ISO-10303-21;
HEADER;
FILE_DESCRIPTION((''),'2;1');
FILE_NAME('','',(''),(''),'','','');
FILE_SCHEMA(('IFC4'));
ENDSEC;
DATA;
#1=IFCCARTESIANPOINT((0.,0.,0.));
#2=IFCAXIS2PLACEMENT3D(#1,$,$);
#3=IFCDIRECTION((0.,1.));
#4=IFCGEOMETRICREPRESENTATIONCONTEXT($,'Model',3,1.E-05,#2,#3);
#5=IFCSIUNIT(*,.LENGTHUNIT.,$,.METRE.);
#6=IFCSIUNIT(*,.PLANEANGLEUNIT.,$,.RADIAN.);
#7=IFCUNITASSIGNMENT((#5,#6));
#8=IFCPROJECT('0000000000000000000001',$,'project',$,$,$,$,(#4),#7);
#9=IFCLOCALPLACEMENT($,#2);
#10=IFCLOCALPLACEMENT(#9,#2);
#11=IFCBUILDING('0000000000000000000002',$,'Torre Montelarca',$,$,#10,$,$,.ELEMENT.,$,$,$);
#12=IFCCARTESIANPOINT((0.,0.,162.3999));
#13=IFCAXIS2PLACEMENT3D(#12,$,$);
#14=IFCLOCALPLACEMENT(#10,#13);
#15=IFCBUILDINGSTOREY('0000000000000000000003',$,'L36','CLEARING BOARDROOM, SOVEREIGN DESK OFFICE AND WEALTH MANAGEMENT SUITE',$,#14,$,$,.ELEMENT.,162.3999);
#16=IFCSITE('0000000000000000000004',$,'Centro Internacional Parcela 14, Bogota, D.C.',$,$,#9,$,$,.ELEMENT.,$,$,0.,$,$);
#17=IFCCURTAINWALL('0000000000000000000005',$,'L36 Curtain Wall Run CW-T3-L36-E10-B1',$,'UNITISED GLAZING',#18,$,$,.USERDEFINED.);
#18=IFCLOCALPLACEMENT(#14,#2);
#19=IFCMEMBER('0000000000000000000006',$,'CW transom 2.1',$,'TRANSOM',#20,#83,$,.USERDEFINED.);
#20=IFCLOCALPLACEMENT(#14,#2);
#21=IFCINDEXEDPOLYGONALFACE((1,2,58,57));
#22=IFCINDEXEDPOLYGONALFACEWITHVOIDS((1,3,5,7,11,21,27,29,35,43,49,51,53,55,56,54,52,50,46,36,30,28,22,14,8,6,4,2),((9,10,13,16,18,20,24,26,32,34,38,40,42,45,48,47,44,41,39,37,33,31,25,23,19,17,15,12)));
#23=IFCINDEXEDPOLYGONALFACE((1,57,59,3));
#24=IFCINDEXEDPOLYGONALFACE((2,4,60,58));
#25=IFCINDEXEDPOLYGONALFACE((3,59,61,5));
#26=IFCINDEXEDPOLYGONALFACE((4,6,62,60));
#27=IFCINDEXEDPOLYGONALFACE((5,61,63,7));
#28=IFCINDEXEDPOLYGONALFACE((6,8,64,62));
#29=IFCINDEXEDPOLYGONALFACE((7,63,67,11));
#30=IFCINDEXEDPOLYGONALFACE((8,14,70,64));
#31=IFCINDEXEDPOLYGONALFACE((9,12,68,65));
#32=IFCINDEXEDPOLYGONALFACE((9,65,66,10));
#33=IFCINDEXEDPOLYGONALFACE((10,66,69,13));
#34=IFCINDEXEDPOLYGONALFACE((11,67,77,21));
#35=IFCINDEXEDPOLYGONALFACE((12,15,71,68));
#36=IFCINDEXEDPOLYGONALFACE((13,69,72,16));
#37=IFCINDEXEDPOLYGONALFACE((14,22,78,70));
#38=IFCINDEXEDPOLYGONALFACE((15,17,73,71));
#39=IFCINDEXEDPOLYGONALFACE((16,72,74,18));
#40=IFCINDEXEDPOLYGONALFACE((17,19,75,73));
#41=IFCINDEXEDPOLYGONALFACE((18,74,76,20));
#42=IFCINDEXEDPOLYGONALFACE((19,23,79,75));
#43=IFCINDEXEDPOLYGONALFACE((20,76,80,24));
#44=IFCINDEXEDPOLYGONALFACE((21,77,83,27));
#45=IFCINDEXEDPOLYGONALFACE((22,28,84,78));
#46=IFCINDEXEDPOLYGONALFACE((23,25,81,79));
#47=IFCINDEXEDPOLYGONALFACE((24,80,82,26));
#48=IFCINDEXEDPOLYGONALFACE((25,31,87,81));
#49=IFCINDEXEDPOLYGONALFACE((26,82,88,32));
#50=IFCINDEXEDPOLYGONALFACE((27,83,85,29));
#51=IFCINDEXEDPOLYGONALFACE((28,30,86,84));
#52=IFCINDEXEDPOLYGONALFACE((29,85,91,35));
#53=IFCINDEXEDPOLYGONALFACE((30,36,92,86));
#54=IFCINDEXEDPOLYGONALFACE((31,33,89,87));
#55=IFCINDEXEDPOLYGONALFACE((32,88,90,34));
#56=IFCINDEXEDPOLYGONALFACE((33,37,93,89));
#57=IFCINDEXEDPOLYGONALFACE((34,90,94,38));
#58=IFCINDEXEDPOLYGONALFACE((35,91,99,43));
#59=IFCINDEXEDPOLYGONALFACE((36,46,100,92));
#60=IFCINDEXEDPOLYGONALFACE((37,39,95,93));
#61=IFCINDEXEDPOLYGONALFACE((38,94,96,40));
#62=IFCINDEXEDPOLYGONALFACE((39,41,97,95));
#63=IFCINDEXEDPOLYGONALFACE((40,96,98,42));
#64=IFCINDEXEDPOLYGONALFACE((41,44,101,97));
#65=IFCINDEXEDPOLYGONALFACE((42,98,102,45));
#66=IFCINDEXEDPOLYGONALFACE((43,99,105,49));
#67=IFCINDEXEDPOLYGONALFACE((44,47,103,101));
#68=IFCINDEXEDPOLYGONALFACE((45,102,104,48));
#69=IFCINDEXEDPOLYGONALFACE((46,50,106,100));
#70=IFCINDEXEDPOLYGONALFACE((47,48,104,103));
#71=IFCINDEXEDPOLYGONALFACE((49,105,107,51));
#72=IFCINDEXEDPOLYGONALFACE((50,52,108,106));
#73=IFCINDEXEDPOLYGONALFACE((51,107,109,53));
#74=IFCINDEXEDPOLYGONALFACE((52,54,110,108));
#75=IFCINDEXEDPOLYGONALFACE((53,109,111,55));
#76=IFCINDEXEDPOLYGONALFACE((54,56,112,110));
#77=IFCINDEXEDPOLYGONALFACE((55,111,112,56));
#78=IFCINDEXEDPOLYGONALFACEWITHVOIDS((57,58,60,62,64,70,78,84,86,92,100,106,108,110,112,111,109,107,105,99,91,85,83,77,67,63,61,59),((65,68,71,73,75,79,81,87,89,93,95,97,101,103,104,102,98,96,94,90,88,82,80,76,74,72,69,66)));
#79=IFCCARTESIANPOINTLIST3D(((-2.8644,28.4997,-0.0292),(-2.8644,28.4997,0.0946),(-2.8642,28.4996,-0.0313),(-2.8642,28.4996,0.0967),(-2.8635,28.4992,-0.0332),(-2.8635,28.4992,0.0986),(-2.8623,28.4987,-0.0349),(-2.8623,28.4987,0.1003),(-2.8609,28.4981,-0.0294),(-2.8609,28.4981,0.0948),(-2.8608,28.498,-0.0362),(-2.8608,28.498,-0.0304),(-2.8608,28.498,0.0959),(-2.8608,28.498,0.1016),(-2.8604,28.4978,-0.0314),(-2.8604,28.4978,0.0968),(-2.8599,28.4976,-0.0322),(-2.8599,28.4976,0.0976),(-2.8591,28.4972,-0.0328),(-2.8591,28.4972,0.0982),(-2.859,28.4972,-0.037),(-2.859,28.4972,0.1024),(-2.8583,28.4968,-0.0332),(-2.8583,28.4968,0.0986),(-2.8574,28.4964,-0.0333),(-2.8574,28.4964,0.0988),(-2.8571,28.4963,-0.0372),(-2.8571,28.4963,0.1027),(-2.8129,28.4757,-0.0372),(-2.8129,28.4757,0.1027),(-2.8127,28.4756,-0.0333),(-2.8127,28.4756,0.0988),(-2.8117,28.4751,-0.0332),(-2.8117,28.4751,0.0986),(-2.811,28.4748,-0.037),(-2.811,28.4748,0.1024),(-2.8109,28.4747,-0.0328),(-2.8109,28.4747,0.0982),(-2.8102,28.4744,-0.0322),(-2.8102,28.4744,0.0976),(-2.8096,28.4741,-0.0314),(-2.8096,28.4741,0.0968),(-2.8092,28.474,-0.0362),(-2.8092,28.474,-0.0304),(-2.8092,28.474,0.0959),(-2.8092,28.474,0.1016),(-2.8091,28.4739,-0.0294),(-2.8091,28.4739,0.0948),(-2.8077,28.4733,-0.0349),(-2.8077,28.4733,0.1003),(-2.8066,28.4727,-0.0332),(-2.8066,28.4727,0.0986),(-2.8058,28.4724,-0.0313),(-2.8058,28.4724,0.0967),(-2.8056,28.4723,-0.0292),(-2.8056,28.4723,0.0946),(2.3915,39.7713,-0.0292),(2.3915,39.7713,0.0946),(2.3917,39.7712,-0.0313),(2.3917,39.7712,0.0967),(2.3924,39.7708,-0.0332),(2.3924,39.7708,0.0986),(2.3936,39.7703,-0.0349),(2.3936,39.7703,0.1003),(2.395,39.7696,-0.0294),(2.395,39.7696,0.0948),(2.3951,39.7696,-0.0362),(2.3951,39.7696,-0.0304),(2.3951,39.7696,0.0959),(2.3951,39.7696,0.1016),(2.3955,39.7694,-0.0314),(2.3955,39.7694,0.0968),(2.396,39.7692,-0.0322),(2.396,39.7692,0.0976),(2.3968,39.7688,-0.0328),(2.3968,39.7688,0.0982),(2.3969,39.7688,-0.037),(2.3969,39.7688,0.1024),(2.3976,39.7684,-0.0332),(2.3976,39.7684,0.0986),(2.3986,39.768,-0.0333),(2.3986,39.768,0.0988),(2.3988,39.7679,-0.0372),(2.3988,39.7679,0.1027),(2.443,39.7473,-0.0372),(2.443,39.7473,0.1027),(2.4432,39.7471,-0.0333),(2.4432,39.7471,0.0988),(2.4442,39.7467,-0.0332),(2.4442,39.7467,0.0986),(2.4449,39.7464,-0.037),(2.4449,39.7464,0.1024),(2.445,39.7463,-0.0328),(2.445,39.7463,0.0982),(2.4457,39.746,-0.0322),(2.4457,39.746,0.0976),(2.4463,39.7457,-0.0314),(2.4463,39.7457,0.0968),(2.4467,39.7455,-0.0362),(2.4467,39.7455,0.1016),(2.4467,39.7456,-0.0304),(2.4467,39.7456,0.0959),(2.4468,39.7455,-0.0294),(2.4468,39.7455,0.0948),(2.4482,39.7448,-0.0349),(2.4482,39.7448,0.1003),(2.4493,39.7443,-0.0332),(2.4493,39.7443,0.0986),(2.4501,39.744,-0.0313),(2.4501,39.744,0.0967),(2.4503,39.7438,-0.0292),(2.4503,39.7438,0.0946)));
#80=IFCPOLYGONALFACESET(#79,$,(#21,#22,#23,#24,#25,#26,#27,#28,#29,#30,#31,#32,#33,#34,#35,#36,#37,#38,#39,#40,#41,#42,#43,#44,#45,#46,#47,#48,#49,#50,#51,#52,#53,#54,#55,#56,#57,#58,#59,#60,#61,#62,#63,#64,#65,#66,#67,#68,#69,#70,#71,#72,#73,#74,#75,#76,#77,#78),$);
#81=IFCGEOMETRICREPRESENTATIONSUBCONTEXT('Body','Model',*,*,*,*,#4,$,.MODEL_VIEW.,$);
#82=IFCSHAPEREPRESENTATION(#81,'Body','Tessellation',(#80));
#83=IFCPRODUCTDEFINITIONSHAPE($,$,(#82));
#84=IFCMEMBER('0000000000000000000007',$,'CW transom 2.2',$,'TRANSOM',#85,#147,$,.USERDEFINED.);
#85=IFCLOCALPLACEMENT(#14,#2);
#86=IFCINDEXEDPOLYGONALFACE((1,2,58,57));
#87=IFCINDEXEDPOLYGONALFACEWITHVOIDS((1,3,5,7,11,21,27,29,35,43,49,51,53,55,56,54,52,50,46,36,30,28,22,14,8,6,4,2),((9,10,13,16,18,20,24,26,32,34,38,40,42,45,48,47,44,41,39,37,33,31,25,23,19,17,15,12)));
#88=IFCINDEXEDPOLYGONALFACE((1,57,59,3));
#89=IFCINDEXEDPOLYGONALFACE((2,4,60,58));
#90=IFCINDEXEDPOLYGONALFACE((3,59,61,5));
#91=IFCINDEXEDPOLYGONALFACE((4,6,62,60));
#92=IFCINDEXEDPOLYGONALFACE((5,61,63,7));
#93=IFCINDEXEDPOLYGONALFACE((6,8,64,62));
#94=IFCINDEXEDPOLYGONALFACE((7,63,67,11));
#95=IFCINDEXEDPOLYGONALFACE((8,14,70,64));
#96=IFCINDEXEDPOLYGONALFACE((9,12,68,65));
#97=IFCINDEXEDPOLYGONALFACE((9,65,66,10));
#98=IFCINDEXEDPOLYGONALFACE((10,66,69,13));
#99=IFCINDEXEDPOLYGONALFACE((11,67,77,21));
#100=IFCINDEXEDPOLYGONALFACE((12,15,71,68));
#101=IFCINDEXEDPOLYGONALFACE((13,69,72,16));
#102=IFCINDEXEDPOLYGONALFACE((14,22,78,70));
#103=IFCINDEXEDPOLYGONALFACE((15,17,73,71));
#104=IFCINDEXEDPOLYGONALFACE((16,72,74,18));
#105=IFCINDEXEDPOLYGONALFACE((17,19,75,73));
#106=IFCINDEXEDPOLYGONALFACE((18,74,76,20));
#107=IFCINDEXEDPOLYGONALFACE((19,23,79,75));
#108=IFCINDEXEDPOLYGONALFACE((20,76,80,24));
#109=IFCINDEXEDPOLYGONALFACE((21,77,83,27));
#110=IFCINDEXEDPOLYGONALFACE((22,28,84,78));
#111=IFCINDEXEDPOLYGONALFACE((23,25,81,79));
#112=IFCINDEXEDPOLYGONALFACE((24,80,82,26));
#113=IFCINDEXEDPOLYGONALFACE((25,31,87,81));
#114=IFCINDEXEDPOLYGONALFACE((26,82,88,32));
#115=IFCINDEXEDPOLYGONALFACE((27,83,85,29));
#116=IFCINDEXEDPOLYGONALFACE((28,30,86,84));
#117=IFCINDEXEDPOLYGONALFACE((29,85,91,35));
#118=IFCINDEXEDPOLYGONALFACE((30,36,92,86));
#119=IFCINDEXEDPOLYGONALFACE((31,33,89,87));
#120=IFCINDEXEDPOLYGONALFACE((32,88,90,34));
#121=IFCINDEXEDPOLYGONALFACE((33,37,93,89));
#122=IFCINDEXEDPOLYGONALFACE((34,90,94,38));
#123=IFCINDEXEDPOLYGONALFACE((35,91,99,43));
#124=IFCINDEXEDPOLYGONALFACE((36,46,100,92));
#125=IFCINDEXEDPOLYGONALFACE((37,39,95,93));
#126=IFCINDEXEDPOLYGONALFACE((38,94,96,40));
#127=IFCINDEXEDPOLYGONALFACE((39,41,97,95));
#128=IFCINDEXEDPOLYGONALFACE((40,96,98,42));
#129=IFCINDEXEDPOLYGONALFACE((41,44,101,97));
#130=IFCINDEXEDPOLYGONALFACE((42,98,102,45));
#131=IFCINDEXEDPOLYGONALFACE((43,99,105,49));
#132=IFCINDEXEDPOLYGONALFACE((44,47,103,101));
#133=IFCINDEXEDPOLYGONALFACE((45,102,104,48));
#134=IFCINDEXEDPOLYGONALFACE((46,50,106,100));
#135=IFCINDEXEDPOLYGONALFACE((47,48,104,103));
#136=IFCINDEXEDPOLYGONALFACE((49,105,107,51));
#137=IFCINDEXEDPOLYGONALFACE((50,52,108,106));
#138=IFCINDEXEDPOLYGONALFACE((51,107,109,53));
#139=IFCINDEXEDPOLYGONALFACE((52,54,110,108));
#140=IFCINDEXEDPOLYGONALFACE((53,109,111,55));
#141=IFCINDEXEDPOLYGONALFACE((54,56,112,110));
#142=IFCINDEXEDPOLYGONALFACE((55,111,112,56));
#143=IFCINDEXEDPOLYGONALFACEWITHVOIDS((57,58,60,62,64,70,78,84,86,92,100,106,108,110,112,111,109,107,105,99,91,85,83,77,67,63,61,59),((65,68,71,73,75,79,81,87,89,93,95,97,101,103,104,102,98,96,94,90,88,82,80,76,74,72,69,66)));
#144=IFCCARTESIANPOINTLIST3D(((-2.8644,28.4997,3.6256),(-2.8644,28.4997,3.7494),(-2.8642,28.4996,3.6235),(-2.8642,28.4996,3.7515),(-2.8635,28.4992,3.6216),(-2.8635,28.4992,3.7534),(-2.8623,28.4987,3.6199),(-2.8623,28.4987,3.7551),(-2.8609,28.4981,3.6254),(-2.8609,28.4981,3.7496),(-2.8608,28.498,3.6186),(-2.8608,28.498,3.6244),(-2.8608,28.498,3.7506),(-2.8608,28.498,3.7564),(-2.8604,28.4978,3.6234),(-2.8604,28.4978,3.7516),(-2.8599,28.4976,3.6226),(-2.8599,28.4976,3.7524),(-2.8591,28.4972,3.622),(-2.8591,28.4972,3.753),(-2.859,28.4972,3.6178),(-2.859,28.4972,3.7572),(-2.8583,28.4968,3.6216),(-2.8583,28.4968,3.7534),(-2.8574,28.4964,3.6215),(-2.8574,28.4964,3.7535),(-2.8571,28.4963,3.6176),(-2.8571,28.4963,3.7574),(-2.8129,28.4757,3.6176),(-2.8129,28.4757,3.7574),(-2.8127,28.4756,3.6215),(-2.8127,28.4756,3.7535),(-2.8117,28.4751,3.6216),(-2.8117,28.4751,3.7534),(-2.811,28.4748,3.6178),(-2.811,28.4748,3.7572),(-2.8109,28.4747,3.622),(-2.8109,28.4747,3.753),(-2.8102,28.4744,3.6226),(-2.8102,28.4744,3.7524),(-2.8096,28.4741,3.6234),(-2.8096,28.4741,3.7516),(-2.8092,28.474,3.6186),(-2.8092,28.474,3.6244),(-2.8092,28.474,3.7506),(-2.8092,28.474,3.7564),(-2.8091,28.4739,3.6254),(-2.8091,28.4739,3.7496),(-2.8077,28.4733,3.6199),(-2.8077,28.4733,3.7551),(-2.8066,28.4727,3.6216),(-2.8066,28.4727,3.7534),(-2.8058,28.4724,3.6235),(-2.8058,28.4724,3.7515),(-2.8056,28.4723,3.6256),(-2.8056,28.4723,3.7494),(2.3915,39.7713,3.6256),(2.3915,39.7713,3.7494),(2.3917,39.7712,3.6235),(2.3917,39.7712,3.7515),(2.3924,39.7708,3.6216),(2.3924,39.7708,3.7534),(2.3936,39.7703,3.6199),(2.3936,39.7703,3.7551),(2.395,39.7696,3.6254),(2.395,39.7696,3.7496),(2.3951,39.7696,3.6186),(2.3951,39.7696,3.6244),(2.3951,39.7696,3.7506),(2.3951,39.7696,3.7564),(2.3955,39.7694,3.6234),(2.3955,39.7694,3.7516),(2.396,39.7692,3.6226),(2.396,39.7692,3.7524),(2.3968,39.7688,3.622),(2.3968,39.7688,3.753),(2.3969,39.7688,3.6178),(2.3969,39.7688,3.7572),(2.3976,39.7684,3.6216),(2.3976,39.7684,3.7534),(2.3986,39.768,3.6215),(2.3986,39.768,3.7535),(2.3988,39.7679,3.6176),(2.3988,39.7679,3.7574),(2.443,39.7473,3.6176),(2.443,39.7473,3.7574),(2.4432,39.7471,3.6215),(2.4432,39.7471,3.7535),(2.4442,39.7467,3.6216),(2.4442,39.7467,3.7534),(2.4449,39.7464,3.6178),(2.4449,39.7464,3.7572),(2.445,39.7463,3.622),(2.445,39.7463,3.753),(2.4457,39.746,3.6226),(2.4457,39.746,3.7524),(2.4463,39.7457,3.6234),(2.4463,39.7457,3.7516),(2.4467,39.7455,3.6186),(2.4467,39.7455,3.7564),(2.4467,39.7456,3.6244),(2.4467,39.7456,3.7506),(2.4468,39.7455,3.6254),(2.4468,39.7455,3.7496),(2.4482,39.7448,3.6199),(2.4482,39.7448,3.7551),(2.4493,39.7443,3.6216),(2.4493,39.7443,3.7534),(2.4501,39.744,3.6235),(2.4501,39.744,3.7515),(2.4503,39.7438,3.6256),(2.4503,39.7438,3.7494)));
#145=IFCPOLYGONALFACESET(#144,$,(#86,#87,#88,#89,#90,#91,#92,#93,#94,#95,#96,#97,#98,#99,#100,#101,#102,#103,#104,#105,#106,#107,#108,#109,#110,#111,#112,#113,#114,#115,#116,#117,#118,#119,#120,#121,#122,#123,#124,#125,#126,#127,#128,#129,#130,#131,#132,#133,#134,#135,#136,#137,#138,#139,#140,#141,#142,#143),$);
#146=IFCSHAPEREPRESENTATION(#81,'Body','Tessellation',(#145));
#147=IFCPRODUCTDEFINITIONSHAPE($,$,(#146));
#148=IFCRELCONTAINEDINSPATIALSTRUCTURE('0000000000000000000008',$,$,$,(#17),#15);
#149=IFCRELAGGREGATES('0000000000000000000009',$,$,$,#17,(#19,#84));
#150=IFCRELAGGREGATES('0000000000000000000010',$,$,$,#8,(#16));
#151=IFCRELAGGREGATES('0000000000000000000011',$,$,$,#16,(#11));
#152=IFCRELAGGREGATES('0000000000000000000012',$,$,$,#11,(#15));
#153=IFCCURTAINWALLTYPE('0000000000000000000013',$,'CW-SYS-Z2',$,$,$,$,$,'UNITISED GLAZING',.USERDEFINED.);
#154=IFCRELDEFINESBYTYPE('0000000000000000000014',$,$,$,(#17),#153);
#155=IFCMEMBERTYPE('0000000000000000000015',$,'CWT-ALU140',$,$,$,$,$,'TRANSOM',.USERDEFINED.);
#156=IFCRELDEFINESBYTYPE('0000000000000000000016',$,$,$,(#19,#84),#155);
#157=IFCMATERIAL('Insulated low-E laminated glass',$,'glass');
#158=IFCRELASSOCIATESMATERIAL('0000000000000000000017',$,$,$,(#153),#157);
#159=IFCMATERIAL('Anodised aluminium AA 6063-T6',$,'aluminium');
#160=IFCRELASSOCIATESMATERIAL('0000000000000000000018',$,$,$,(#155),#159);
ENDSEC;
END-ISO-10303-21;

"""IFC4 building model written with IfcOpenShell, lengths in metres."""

from ifc_helpers import new_model, si_unit, direction, frame, origin, origin_2d, place, context, subcontext, project, spatial, hollow_rectangle, extrude, source, transform, mapped, material, material_profile, profile_set, type_object, element, aggregate, save


model = new_model("IFC4")

# Units and contexts
model_context = context("Model", 3, precision=1e-05, world=origin(), true_north=direction((0.0, 1.0)))
body_context = subcontext(model_context, "Body", "Model", "MODEL_VIEW")
ifc_project = project(units=[si_unit("LENGTHUNIT", "METRE"), si_unit("PLANEANGLEUNIT", "RADIAN")], contexts=[model_context])

# Site, building, storey
site_placement = place(None, origin())
site = spatial("IfcSite", under=ifc_project, at=site_placement, Name="Centro Internacional Parcela 14, Bogota, D.C.", CompositionType="ELEMENT", RefElevation=0.0)
building_placement = place(site_placement, origin())
building = spatial("IfcBuilding", under=site, at=building_placement, Name="Torre Montelarca", CompositionType="ELEMENT")
storey_placement = place(building_placement, frame((0.0, 0.0, 162.3999)))
storey = spatial("IfcBuildingStorey", under=building, at=storey_placement, Name="L36", Description="CLEARING BOARDROOM, SOVEREIGN DESK OFFICE AND WEALTH MANAGEMENT SUITE", CompositionType="ELEMENT", Elevation=162.3999)

# Curtain wall, members
ifc_material_1 = material(Name="Insulated low-E laminated glass", Category="glass")
curtain_wall_type = type_object("IfcCurtainWallType", Name="CW-SYS-Z2", ElementType="UNITISED GLAZING", PredefinedType="USERDEFINED", material=ifc_material_1)
curtain_wall_1_placement = place(storey_placement, origin())
curtain_wall_1 = element("IfcCurtainWall", 1, at=curtain_wall_1_placement, inside=storey, type_object=curtain_wall_type, Name="L36 Curtain Wall Run CW-T3-L36-E10-B1", ObjectType="UNITISED GLAZING", PredefinedType="USERDEFINED")
ifc_material_2 = material(Name="Anodised aluminium AA 6063-T6", Category="aluminium")
ifc_material_profile_1 = material_profile(ifc_material_2, hollow_rectangle(XDim=0.0649, YDim=0.1399, WallThickness=0.0039, InnerFilletRadius=0.0039, OuterFilletRadius=0.0081, at=origin_2d()), Name="ALU65X140X4", Category="aluminium")
ifc_profile_set_1 = profile_set([ifc_material_profile_1], Name="Anodised aluminium AA 6063-T6")
member_type_1 = type_object("IfcMemberType", Name="CWT-ALU140", ElementType="TRANSOM", PredefinedType="USERDEFINED", material=ifc_profile_set_1)
shared_shape_1 = source(origin(), body_context, "Body", "SweptSolid", [
    extrude(hollow_rectangle(XDim=0.0649, YDim=0.1399, WallThickness=0.0039, InnerFilletRadius=0.0039, OuterFilletRadius=0.0081, at=origin_2d()), origin(), (0.0, 0.0, 1.0), 12.4368),
])
member_1_placement = place(storey_placement, frame((2.4209, 39.7576, 0.0327), z_axis=(-0.42261, -0.906311, 0.0), x_axis=(0.906311, -0.42261, 0.0)))
member_1 = element("IfcMember", 2, at=member_1_placement, type_object=member_type_1, Name="CW transom 2.1", ObjectType="TRANSOM", PredefinedType="USERDEFINED", context=body_context, shape_type="MappedRepresentation", body=[
    mapped(shared_shape_1, transform((0.0, 0.0, 0.0), scale=1.0)),
])
member_2_placement = place(storey_placement, frame((2.4209, 39.7576, 3.6875), z_axis=(-0.42261, -0.906311, 0.0), x_axis=(0.906311, -0.42261, 0.0)))
member_2 = element("IfcMember", 3, at=member_2_placement, type_object=member_type_1, Name="CW transom 2.2", ObjectType="TRANSOM", PredefinedType="USERDEFINED", context=body_context, shape_type="MappedRepresentation", body=[
    mapped(shared_shape_1, transform((0.0, 0.0, 0.0), scale=1.0)),
])

aggregate(curtain_wall_1, [member_1, member_2])

save(model, "model.ifc")
